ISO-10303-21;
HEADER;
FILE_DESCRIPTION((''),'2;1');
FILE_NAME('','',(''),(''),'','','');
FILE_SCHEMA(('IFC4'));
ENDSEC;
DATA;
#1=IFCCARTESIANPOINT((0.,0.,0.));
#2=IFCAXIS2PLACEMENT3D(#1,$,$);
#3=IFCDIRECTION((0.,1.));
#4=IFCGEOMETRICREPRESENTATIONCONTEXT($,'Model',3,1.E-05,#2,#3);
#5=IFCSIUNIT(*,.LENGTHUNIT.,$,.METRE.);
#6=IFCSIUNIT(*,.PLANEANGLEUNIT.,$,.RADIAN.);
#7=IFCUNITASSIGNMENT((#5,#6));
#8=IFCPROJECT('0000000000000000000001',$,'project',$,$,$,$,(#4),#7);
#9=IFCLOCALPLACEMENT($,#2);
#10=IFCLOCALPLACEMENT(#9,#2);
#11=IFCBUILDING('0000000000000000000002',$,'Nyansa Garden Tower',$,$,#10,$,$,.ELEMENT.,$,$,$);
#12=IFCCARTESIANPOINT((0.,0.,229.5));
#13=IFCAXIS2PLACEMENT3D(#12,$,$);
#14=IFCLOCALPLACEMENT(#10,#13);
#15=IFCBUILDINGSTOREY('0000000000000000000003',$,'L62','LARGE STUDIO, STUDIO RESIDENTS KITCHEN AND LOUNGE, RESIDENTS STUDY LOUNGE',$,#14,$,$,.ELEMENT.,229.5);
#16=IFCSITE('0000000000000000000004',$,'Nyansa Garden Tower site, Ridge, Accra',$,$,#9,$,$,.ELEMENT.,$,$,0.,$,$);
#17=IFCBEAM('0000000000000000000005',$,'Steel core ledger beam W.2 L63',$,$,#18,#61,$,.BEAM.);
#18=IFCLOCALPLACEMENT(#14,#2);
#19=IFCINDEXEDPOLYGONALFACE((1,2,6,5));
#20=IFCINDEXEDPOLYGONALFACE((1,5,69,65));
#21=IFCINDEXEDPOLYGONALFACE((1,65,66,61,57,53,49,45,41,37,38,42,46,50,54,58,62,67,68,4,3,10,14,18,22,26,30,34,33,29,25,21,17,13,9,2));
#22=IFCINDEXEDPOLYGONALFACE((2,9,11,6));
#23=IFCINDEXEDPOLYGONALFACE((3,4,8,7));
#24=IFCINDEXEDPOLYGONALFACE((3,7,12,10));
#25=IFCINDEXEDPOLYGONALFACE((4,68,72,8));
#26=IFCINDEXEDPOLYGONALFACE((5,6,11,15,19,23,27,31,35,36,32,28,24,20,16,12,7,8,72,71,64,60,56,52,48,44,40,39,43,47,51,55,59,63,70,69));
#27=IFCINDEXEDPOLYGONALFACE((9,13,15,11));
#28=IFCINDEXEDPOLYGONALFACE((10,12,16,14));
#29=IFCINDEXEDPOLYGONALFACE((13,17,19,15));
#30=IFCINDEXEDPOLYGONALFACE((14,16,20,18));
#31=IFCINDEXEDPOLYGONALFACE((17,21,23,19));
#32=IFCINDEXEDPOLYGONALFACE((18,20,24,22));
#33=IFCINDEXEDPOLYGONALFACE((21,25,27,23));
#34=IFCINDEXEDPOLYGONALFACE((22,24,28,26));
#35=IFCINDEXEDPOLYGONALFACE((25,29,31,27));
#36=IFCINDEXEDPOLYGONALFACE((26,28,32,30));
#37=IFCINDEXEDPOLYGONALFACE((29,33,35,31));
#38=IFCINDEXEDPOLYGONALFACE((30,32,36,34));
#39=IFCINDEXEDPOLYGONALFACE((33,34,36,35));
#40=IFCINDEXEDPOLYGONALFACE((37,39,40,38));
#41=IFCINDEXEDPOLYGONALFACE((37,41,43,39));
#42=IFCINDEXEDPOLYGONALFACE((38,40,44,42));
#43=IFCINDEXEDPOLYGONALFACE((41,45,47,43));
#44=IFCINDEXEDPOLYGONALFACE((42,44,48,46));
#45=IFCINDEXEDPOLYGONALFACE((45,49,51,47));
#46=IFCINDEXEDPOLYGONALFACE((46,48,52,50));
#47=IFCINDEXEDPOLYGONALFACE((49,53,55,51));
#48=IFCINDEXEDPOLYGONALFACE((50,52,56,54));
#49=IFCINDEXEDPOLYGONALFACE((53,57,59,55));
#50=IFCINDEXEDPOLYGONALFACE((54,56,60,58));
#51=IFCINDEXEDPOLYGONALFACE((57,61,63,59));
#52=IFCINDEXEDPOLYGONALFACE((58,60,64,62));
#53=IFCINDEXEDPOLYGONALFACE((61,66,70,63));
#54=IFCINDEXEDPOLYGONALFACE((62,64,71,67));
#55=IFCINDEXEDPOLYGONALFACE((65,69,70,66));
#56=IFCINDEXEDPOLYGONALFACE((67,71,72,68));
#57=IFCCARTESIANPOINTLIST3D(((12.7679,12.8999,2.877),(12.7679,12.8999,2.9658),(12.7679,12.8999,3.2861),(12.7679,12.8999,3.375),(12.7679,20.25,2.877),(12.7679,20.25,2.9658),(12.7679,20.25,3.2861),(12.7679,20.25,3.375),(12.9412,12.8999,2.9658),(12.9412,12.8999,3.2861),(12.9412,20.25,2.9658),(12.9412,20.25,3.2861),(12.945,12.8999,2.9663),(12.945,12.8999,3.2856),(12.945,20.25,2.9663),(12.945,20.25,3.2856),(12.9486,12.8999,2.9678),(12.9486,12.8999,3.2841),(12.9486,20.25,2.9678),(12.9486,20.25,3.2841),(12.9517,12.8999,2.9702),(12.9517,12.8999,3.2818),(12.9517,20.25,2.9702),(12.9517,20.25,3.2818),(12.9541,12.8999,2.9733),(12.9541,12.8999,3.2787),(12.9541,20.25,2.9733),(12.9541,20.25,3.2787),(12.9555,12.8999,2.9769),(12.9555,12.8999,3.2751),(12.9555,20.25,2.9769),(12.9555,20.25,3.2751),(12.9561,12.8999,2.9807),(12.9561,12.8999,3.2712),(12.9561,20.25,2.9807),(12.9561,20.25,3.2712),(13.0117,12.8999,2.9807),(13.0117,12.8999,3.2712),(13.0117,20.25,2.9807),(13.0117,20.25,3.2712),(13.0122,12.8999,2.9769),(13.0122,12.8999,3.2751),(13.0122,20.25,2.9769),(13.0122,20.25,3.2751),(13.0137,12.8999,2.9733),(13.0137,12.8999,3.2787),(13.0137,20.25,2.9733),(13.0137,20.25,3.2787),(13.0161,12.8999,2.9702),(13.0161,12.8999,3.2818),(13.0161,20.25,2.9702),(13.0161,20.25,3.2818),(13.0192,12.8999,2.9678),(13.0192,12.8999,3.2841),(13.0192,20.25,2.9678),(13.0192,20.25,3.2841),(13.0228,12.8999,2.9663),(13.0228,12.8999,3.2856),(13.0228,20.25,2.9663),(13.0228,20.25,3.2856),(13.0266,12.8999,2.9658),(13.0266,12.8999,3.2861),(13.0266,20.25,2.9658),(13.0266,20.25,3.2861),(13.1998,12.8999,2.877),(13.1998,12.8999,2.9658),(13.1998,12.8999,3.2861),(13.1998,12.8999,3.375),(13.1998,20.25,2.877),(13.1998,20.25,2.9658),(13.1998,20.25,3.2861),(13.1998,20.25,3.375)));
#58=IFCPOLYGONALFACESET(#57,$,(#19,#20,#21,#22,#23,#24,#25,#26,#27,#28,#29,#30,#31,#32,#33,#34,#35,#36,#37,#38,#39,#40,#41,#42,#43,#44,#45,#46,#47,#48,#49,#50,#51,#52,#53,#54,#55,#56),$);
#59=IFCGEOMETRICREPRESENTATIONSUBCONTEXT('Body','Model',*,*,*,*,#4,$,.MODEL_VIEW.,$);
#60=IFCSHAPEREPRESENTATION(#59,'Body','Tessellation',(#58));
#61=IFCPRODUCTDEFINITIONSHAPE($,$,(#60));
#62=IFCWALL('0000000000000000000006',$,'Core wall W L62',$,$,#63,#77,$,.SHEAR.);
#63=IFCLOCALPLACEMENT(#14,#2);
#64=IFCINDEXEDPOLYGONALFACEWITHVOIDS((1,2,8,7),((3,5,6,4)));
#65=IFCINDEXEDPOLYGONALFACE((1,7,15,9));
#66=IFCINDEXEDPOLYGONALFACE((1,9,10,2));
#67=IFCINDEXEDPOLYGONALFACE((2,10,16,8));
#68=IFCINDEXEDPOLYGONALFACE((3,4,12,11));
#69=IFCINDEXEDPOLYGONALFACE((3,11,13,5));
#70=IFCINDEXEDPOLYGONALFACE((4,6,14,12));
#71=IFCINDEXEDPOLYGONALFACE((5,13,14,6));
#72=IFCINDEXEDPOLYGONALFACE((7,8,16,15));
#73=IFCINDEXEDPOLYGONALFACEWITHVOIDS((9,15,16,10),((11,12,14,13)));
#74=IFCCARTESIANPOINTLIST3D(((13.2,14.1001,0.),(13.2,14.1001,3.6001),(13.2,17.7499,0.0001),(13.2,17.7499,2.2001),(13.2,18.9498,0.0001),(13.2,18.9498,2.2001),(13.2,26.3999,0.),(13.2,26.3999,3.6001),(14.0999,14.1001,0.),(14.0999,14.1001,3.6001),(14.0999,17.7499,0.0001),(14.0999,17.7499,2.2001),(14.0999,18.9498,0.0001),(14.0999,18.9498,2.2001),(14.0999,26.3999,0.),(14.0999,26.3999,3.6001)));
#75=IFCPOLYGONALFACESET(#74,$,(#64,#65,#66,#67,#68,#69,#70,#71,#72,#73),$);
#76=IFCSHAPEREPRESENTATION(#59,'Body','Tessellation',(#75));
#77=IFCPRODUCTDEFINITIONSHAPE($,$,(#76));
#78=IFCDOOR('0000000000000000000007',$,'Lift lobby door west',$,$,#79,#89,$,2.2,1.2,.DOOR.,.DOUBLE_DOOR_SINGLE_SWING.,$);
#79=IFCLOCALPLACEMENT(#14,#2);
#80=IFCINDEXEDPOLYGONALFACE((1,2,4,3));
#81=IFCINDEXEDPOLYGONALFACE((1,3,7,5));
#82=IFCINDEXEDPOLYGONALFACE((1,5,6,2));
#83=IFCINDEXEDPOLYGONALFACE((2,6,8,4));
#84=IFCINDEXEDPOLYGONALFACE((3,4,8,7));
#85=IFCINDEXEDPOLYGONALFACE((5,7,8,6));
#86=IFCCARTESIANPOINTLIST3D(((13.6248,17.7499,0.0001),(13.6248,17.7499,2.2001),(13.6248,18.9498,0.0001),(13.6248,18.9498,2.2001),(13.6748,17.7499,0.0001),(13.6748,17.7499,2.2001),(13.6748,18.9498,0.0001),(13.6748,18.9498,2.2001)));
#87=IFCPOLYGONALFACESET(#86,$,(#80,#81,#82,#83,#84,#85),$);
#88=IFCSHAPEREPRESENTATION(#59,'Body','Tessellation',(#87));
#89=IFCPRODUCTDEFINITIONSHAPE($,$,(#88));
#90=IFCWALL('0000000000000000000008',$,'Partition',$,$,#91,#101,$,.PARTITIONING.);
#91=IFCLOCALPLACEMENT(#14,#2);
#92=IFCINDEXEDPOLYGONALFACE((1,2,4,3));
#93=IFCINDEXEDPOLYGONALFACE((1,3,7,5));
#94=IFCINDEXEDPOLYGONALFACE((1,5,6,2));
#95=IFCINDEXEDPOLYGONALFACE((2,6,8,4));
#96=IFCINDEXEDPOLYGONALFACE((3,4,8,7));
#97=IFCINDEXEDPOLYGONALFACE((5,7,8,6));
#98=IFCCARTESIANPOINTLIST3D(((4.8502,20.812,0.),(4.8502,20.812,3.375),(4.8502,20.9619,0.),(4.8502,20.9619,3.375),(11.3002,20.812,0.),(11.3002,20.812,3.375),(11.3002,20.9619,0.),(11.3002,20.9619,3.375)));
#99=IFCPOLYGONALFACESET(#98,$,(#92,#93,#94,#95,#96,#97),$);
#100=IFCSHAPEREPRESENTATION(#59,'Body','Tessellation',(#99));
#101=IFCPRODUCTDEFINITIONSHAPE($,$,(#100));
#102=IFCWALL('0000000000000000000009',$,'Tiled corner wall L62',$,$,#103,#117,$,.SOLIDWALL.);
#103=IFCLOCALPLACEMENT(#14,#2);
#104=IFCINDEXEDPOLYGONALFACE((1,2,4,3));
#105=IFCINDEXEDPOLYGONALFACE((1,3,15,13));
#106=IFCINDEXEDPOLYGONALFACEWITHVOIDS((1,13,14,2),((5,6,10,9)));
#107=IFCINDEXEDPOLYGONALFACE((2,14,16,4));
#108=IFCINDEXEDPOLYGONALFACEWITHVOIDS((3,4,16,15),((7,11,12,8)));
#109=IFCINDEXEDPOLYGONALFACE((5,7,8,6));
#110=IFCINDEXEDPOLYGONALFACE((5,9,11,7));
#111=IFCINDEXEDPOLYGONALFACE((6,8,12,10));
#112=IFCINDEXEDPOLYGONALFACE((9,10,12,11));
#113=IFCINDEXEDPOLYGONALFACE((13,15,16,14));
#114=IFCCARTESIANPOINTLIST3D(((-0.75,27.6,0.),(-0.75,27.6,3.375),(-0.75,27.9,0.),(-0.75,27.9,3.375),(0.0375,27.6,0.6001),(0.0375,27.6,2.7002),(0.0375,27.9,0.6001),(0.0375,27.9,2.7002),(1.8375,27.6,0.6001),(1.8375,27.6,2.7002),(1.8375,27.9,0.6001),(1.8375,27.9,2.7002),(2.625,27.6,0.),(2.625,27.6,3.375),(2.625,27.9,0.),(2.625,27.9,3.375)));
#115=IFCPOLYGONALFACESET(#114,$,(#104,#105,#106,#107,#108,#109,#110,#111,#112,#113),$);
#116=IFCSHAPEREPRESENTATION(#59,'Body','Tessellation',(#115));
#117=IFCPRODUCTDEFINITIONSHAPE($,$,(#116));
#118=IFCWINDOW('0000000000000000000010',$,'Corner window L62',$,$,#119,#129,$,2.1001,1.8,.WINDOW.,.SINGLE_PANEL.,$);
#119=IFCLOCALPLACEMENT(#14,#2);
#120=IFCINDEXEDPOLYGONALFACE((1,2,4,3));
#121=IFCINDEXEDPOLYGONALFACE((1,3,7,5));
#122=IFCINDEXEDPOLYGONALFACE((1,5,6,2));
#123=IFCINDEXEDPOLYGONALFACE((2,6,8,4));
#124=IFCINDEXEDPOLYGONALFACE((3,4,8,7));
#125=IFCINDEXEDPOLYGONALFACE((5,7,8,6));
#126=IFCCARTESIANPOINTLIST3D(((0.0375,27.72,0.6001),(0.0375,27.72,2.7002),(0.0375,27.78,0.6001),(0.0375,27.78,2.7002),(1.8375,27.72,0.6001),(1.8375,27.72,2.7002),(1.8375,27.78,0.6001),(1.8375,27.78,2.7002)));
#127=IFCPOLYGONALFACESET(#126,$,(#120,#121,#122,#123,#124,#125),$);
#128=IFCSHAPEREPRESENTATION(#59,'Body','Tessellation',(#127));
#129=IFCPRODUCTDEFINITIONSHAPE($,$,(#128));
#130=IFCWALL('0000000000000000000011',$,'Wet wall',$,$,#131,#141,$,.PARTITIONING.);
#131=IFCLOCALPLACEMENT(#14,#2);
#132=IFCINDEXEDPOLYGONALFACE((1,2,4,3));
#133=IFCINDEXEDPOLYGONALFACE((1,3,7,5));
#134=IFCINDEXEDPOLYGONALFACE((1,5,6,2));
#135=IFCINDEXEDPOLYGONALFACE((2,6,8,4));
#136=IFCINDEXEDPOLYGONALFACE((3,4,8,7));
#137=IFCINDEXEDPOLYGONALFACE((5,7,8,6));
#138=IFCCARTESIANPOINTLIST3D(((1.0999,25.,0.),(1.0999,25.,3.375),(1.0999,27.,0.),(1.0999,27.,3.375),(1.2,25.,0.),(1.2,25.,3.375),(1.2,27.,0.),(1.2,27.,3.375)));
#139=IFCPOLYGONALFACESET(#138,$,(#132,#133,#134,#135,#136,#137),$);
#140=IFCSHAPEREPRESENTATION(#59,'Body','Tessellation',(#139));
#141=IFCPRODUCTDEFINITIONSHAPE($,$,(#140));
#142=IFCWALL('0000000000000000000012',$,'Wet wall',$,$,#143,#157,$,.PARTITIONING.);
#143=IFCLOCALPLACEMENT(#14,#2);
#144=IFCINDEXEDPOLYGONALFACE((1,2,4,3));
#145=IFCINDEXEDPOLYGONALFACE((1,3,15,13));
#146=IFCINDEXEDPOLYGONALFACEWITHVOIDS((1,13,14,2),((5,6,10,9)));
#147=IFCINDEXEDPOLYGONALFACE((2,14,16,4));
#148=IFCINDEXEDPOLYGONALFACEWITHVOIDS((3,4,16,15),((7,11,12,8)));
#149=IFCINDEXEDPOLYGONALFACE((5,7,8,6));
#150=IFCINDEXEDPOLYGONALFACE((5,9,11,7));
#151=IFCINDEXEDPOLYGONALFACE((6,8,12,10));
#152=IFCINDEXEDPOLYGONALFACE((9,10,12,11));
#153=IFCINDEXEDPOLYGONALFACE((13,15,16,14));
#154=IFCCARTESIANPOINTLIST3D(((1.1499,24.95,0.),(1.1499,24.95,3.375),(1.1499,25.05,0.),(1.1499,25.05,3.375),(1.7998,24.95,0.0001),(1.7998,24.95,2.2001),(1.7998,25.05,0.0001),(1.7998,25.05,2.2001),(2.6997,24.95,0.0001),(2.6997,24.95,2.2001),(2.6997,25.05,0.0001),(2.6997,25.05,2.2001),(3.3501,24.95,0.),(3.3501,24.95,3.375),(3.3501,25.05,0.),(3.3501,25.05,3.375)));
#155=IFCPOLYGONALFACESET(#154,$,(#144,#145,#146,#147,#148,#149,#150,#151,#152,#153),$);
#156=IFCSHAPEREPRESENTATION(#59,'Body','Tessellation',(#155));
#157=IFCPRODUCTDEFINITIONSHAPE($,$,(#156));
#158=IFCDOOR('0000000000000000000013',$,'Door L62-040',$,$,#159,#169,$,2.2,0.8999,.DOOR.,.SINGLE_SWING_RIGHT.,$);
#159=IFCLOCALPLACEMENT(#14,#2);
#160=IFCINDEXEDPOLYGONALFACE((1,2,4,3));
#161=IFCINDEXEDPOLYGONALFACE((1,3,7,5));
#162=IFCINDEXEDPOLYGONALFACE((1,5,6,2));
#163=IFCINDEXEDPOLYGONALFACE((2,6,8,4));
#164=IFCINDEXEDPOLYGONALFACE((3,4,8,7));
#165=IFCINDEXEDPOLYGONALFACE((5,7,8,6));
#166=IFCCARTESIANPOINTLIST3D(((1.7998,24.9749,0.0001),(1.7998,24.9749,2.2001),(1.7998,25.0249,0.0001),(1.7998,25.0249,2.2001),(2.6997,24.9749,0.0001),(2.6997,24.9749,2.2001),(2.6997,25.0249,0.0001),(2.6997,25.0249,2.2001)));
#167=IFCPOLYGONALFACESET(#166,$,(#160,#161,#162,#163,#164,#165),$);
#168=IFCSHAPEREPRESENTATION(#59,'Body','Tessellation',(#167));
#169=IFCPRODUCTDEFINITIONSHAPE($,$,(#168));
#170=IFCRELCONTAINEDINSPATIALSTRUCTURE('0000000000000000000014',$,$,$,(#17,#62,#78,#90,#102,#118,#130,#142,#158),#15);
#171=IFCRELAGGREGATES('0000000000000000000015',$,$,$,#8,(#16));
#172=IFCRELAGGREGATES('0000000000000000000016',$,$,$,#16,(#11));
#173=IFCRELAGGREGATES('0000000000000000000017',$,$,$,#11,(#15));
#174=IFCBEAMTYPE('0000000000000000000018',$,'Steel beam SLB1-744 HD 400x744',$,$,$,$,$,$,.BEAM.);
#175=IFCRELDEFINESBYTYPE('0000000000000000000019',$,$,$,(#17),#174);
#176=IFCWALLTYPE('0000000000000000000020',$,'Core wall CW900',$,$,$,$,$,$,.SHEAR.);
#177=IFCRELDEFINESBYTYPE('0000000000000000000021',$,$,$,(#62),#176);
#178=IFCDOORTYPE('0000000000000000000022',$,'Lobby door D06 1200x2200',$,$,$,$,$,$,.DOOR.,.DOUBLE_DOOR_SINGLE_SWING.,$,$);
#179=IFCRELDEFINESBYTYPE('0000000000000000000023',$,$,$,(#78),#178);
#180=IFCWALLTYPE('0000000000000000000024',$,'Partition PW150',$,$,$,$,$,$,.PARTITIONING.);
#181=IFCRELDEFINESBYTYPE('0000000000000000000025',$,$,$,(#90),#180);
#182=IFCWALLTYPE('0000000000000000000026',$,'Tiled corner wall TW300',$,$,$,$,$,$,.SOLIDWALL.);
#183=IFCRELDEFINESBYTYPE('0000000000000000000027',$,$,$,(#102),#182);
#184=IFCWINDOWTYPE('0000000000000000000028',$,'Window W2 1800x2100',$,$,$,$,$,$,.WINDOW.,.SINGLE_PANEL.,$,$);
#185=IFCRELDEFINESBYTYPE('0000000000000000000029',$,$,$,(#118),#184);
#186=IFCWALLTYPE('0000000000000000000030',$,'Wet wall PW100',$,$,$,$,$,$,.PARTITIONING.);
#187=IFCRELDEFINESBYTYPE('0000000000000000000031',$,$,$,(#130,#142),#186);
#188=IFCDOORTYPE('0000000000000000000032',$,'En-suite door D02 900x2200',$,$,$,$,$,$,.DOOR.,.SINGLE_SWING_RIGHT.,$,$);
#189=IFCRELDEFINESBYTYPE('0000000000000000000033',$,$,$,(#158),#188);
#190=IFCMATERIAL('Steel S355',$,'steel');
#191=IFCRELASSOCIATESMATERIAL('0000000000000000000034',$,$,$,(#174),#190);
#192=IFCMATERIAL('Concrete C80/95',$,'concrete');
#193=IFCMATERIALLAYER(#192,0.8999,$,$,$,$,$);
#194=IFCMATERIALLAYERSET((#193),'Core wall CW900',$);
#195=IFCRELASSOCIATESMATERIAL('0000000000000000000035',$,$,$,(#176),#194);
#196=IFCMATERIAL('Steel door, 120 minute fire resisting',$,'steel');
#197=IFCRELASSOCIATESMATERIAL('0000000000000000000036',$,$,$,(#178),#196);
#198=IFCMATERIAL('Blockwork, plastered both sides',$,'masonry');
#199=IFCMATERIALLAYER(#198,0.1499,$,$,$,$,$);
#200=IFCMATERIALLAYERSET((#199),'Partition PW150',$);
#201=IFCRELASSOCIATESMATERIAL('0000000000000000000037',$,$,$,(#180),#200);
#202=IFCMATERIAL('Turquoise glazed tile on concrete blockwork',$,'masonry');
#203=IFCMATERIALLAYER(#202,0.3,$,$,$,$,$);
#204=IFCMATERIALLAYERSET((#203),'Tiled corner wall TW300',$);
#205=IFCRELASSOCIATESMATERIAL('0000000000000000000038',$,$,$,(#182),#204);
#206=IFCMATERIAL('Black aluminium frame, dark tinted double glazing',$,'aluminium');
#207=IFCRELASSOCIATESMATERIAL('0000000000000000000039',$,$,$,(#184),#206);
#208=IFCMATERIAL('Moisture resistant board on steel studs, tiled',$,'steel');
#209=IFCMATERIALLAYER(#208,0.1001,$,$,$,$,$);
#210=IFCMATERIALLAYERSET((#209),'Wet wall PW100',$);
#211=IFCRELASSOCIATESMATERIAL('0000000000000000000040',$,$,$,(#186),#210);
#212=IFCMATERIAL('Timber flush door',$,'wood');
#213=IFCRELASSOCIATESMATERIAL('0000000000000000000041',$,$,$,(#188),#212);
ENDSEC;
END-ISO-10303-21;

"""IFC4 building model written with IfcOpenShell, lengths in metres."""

from ifc_helpers import new_model, si_unit, direction, frame, frame_2d, origin, origin_2d, place, context, subcontext, project, spatial, rectangle, i_section, extrude, material, layer, layer_set, material_profile, profile_set, type_object, element, fill, save


model = new_model("IFC4")

# Units and contexts
model_context = context("Model", 3, precision=1e-05, world=origin(), true_north=direction((0.0, 1.0)))
body_context = subcontext(model_context, "Body", "Model", "MODEL_VIEW")
ifc_project = project(units=[si_unit("LENGTHUNIT", "METRE"), si_unit("PLANEANGLEUNIT", "RADIAN")], contexts=[model_context])

# Site, building, storey
site_placement = place(None, origin())
site = spatial("IfcSite", under=ifc_project, at=site_placement, Name="Nyansa Garden Tower site, Ridge, Accra", CompositionType="ELEMENT", RefElevation=0.0)
building_placement = place(site_placement, origin())
building = spatial("IfcBuilding", under=site, at=building_placement, Name="Nyansa Garden Tower", CompositionType="ELEMENT")
storey_placement = place(building_placement, frame((0.0, 0.0, 229.5)))
storey = spatial("IfcBuildingStorey", under=building, at=storey_placement, Name="L62", Description="LARGE STUDIO, STUDIO RESIDENTS KITCHEN AND LOUNGE, RESIDENTS STUDY LOUNGE", CompositionType="ELEMENT", Elevation=229.5)

# Beam
ifc_material_1 = material(Name="Steel S355", Category="steel")
ifc_material_profile_1 = material_profile(ifc_material_1, i_section(OverallWidth=0.4319, OverallDepth=0.498, WebThickness=0.0557, FlangeThickness=0.0889, FilletRadius=0.0149, at=origin_2d()), Name="HD 400x744")
ifc_profile_set_1 = profile_set([ifc_material_profile_1], Name="Steel S355")
beam_type_1 = type_object("IfcBeamType", Name="Steel beam SLB1-744 HD 400x744", PredefinedType="BEAM", material=ifc_profile_set_1)
for number, where, z_axis, x_axis, name in (
    (1, (12.9839, 20.25, 3.126), (0.0, -1.0, 0.0), (1.0, 0.0, 0.0), "Steel core ledger beam W.2 L63"),
):
    element("IfcBeam", number, at=place(storey_placement, frame(where, z_axis=z_axis, x_axis=x_axis)), inside=storey, type_object=beam_type_1, Name=name, PredefinedType="BEAM", context=body_context, shape_type="SweptSolid", body=[
        extrude(i_section(OverallWidth=0.4319, OverallDepth=0.498, WebThickness=0.0557, FlangeThickness=0.0889, FilletRadius=0.0149, at=origin_2d()), origin(), (0.0, 0.0, 1.0), 7.3501),
    ])

# Wall, opening, door
ifc_material_2 = material(Name="Concrete C80/95", Category="concrete")
ifc_layer_1 = layer(ifc_material_2, 0.8999)
ifc_layer_set_1 = layer_set([ifc_layer_1], Name="Core wall CW900")
wall_type_1 = type_object("IfcWallType", Name="Core wall CW900", PredefinedType="SHEAR", material=ifc_layer_set_1)
wall_1_placement = place(storey_placement, frame((13.6499, 26.3999, 0.0), z_axis=(0.0, 0.0, 1.0), x_axis=(0.0, -1.0, 0.0)))
wall_1 = element("IfcWall", 2, at=wall_1_placement, inside=storey, type_object=wall_type_1, Name="Core wall W L62", PredefinedType="SHEAR", context=body_context, shape_type="SweptSolid", body=[
    extrude(rectangle(XDim=12.2998, YDim=0.8999, at=frame_2d((6.1499, 0.0))), origin(), (0.0, 0.0, 1.0), 3.6001),
])
opening_1_placement = place(wall_1_placement, frame((7.45, 0.0, 0.0)))
opening_1 = element("IfcOpeningElement", 3, at=opening_1_placement, cuts=wall_1, PredefinedType="OPENING", context=body_context, shape_type="SweptSolid", body=[
    extrude(rectangle(XDim=1.2, YDim=2.2, at=frame_2d((0.6001, 1.1001))), frame((0.0, 0.46, 0.0), z_axis=(0.0, -1.0, 0.0), x_axis=(1.0, 0.0, 0.0)), (0.0, 0.0, 1.0), 0.9199),
])
ifc_material_3 = material(Name="Steel door, 120 minute fire resisting", Category="steel")
door_type_1 = type_object("IfcDoorType", Name="Lobby door D06 1200x2200", OperationType="DOUBLE_DOOR_SINGLE_SWING", PredefinedType="DOOR", material=ifc_material_3)
door_1_placement = place(opening_1_placement, origin())
door_1 = element("IfcDoor", 4, at=door_1_placement, inside=storey, type_object=door_type_1, Name="Lift lobby door west", OperationType="DOUBLE_DOOR_SINGLE_SWING", OverallHeight=2.2, OverallWidth=1.2, PredefinedType="DOOR", context=body_context, shape_type="SweptSolid", body=[
    extrude(rectangle(XDim=1.2, YDim=2.2, at=frame_2d((0.6001, 1.1001))), frame((0.0, 0.0249, 0.0), z_axis=(0.0, -1.0, 0.0), x_axis=(1.0, 0.0, 0.0)), (0.0, 0.0, 1.0), 0.05),
])
fill(opening_1, door_1)

# Wall
ifc_material_4 = material(Name="Blockwork, plastered both sides", Category="masonry")
ifc_layer_2 = layer(ifc_material_4, 0.1499)
ifc_layer_set_2 = layer_set([ifc_layer_2], Name="Partition PW150")
wall_type_2 = type_object("IfcWallType", Name="Partition PW150", PredefinedType="PARTITIONING", material=ifc_layer_set_2)
wall_2_placement = place(storey_placement, frame((4.8501, 20.887, 0.0), z_axis=(0.0, 0.0, 1.0), x_axis=(1.0, 0.0, 0.0)))
element("IfcWall", 5, at=wall_2_placement, inside=storey, type_object=wall_type_2, Name="Partition", PredefinedType="PARTITIONING", context=body_context, shape_type="SweptSolid", body=[
    extrude(rectangle(XDim=6.45, YDim=0.1499, at=frame_2d((3.2251, 0.0))), origin(), (0.0, 0.0, 1.0), 3.375),
])

# Wall, opening, window
ifc_material_5 = material(Name="Turquoise glazed tile on concrete blockwork", Category="masonry")
ifc_layer_3 = layer(ifc_material_5, 0.3)
ifc_layer_set_3 = layer_set([ifc_layer_3], Name="Tiled corner wall TW300")
wall_type_3 = type_object("IfcWallType", Name="Tiled corner wall TW300", PredefinedType="SOLIDWALL", material=ifc_layer_set_3)
wall_3_placement = place(storey_placement, frame((2.625, 27.75, 0.0), z_axis=(0.0, 0.0, 1.0), x_axis=(-1.0, 0.0, 0.0)))
wall_3 = element("IfcWall", 6, at=wall_3_placement, inside=storey, type_object=wall_type_3, Name="Tiled corner wall L62", PredefinedType="SOLIDWALL", context=body_context, shape_type="SweptSolid", body=[
    extrude(rectangle(XDim=3.375, YDim=0.3, at=frame_2d((1.6875, 0.0))), origin(), (0.0, 0.0, 1.0), 3.375),
])
opening_2_placement = place(wall_3_placement, frame((0.7876, 0.0, 0.6001)))
opening_2 = element("IfcOpeningElement", 7, at=opening_2_placement, cuts=wall_3, PredefinedType="OPENING", context=body_context, shape_type="SweptSolid", body=[
    extrude(rectangle(XDim=1.8, YDim=2.1001, at=frame_2d((0.8999, 1.05))), frame((0.0, 0.1599, 0.0), z_axis=(0.0, -1.0, 0.0), x_axis=(1.0, 0.0, 0.0)), (0.0, 0.0, 1.0), 0.3201),
])
ifc_material_6 = material(Name="Black aluminium frame, dark tinted double glazing", Category="aluminium")
window_type = type_object("IfcWindowType", Name="Window W2 1800x2100", PartitioningType="SINGLE_PANEL", PredefinedType="WINDOW", material=ifc_material_6)
window_placement = place(opening_2_placement, origin())
window = element("IfcWindow", 8, at=window_placement, inside=storey, type_object=window_type, Name="Corner window L62", OverallHeight=2.1001, OverallWidth=1.8, PartitioningType="SINGLE_PANEL", PredefinedType="WINDOW", context=body_context, shape_type="SweptSolid", body=[
    extrude(rectangle(XDim=1.8, YDim=2.1001, at=frame_2d((0.8999, 1.05))), frame((0.0, 0.03, 0.0), z_axis=(0.0, -1.0, 0.0), x_axis=(1.0, 0.0, 0.0)), (0.0, 0.0, 1.0), 0.0601),
])
fill(opening_2, window)

# Wall
ifc_material_7 = material(Name="Moisture resistant board on steel studs, tiled", Category="steel")
ifc_layer_4 = layer(ifc_material_7, 0.1001)
ifc_layer_set_4 = layer_set([ifc_layer_4], Name="Wet wall PW100")
wall_type_4 = type_object("IfcWallType", Name="Wet wall PW100", PredefinedType="PARTITIONING", material=ifc_layer_set_4)
wall_4_placement = place(storey_placement, frame((1.1499, 25.0, 0.0), z_axis=(0.0, 0.0, 1.0), x_axis=(0.0, 1.0, 0.0)))
element("IfcWall", 9, at=wall_4_placement, inside=storey, type_object=wall_type_4, Name="Wet wall", PredefinedType="PARTITIONING", context=body_context, shape_type="SweptSolid", body=[
    extrude(rectangle(XDim=2.0, YDim=0.1001, at=frame_2d((1.0, 0.0))), origin(), (0.0, 0.0, 1.0), 3.375),
])

# Wall, opening, door
wall_5_placement = place(storey_placement, frame((1.1499, 25.0, 0.0), z_axis=(0.0, 0.0, 1.0), x_axis=(1.0, 0.0, 0.0)))
wall_5 = element("IfcWall", 10, at=wall_5_placement, inside=storey, type_object=wall_type_4, Name="Wet wall", PredefinedType="PARTITIONING", context=body_context, shape_type="SweptSolid", body=[
    extrude(rectangle(XDim=2.2002, YDim=0.1001, at=frame_2d((1.1001, 0.0))), origin(), (0.0, 0.0, 1.0), 3.375),
])
opening_3_placement = place(wall_5_placement, frame((0.6499, 0.0, 0.0)))
opening_3 = element("IfcOpeningElement", 11, at=opening_3_placement, cuts=wall_5, PredefinedType="OPENING", context=body_context, shape_type="SweptSolid", body=[
    extrude(rectangle(XDim=0.8999, YDim=2.2, at=frame_2d((0.45, 1.1001))), frame((0.0, 0.0601, 0.0), z_axis=(0.0, -1.0, 0.0), x_axis=(1.0, 0.0, 0.0)), (0.0, 0.0, 1.0), 0.1201),
])
ifc_material_8 = material(Name="Timber flush door", Category="wood")
door_type_2 = type_object("IfcDoorType", Name="En-suite door D02 900x2200", OperationType="SINGLE_SWING_RIGHT", PredefinedType="DOOR", material=ifc_material_8)
door_2_placement = place(opening_3_placement, origin())
door_2 = element("IfcDoor", 12, at=door_2_placement, inside=storey, type_object=door_type_2, Name="Door L62-040", OperationType="SINGLE_SWING_RIGHT", OverallHeight=2.2, OverallWidth=0.8999, PredefinedType="DOOR", context=body_context, shape_type="SweptSolid", body=[
    extrude(rectangle(XDim=0.8999, YDim=2.2, at=frame_2d((0.45, 1.1001))), frame((0.0, 0.0249, 0.0), z_axis=(0.0, -1.0, 0.0), x_axis=(1.0, 0.0, 0.0)), (0.0, 0.0, 1.0), 0.05),
])
fill(opening_3, door_2)

save(model, "model.ifc")
